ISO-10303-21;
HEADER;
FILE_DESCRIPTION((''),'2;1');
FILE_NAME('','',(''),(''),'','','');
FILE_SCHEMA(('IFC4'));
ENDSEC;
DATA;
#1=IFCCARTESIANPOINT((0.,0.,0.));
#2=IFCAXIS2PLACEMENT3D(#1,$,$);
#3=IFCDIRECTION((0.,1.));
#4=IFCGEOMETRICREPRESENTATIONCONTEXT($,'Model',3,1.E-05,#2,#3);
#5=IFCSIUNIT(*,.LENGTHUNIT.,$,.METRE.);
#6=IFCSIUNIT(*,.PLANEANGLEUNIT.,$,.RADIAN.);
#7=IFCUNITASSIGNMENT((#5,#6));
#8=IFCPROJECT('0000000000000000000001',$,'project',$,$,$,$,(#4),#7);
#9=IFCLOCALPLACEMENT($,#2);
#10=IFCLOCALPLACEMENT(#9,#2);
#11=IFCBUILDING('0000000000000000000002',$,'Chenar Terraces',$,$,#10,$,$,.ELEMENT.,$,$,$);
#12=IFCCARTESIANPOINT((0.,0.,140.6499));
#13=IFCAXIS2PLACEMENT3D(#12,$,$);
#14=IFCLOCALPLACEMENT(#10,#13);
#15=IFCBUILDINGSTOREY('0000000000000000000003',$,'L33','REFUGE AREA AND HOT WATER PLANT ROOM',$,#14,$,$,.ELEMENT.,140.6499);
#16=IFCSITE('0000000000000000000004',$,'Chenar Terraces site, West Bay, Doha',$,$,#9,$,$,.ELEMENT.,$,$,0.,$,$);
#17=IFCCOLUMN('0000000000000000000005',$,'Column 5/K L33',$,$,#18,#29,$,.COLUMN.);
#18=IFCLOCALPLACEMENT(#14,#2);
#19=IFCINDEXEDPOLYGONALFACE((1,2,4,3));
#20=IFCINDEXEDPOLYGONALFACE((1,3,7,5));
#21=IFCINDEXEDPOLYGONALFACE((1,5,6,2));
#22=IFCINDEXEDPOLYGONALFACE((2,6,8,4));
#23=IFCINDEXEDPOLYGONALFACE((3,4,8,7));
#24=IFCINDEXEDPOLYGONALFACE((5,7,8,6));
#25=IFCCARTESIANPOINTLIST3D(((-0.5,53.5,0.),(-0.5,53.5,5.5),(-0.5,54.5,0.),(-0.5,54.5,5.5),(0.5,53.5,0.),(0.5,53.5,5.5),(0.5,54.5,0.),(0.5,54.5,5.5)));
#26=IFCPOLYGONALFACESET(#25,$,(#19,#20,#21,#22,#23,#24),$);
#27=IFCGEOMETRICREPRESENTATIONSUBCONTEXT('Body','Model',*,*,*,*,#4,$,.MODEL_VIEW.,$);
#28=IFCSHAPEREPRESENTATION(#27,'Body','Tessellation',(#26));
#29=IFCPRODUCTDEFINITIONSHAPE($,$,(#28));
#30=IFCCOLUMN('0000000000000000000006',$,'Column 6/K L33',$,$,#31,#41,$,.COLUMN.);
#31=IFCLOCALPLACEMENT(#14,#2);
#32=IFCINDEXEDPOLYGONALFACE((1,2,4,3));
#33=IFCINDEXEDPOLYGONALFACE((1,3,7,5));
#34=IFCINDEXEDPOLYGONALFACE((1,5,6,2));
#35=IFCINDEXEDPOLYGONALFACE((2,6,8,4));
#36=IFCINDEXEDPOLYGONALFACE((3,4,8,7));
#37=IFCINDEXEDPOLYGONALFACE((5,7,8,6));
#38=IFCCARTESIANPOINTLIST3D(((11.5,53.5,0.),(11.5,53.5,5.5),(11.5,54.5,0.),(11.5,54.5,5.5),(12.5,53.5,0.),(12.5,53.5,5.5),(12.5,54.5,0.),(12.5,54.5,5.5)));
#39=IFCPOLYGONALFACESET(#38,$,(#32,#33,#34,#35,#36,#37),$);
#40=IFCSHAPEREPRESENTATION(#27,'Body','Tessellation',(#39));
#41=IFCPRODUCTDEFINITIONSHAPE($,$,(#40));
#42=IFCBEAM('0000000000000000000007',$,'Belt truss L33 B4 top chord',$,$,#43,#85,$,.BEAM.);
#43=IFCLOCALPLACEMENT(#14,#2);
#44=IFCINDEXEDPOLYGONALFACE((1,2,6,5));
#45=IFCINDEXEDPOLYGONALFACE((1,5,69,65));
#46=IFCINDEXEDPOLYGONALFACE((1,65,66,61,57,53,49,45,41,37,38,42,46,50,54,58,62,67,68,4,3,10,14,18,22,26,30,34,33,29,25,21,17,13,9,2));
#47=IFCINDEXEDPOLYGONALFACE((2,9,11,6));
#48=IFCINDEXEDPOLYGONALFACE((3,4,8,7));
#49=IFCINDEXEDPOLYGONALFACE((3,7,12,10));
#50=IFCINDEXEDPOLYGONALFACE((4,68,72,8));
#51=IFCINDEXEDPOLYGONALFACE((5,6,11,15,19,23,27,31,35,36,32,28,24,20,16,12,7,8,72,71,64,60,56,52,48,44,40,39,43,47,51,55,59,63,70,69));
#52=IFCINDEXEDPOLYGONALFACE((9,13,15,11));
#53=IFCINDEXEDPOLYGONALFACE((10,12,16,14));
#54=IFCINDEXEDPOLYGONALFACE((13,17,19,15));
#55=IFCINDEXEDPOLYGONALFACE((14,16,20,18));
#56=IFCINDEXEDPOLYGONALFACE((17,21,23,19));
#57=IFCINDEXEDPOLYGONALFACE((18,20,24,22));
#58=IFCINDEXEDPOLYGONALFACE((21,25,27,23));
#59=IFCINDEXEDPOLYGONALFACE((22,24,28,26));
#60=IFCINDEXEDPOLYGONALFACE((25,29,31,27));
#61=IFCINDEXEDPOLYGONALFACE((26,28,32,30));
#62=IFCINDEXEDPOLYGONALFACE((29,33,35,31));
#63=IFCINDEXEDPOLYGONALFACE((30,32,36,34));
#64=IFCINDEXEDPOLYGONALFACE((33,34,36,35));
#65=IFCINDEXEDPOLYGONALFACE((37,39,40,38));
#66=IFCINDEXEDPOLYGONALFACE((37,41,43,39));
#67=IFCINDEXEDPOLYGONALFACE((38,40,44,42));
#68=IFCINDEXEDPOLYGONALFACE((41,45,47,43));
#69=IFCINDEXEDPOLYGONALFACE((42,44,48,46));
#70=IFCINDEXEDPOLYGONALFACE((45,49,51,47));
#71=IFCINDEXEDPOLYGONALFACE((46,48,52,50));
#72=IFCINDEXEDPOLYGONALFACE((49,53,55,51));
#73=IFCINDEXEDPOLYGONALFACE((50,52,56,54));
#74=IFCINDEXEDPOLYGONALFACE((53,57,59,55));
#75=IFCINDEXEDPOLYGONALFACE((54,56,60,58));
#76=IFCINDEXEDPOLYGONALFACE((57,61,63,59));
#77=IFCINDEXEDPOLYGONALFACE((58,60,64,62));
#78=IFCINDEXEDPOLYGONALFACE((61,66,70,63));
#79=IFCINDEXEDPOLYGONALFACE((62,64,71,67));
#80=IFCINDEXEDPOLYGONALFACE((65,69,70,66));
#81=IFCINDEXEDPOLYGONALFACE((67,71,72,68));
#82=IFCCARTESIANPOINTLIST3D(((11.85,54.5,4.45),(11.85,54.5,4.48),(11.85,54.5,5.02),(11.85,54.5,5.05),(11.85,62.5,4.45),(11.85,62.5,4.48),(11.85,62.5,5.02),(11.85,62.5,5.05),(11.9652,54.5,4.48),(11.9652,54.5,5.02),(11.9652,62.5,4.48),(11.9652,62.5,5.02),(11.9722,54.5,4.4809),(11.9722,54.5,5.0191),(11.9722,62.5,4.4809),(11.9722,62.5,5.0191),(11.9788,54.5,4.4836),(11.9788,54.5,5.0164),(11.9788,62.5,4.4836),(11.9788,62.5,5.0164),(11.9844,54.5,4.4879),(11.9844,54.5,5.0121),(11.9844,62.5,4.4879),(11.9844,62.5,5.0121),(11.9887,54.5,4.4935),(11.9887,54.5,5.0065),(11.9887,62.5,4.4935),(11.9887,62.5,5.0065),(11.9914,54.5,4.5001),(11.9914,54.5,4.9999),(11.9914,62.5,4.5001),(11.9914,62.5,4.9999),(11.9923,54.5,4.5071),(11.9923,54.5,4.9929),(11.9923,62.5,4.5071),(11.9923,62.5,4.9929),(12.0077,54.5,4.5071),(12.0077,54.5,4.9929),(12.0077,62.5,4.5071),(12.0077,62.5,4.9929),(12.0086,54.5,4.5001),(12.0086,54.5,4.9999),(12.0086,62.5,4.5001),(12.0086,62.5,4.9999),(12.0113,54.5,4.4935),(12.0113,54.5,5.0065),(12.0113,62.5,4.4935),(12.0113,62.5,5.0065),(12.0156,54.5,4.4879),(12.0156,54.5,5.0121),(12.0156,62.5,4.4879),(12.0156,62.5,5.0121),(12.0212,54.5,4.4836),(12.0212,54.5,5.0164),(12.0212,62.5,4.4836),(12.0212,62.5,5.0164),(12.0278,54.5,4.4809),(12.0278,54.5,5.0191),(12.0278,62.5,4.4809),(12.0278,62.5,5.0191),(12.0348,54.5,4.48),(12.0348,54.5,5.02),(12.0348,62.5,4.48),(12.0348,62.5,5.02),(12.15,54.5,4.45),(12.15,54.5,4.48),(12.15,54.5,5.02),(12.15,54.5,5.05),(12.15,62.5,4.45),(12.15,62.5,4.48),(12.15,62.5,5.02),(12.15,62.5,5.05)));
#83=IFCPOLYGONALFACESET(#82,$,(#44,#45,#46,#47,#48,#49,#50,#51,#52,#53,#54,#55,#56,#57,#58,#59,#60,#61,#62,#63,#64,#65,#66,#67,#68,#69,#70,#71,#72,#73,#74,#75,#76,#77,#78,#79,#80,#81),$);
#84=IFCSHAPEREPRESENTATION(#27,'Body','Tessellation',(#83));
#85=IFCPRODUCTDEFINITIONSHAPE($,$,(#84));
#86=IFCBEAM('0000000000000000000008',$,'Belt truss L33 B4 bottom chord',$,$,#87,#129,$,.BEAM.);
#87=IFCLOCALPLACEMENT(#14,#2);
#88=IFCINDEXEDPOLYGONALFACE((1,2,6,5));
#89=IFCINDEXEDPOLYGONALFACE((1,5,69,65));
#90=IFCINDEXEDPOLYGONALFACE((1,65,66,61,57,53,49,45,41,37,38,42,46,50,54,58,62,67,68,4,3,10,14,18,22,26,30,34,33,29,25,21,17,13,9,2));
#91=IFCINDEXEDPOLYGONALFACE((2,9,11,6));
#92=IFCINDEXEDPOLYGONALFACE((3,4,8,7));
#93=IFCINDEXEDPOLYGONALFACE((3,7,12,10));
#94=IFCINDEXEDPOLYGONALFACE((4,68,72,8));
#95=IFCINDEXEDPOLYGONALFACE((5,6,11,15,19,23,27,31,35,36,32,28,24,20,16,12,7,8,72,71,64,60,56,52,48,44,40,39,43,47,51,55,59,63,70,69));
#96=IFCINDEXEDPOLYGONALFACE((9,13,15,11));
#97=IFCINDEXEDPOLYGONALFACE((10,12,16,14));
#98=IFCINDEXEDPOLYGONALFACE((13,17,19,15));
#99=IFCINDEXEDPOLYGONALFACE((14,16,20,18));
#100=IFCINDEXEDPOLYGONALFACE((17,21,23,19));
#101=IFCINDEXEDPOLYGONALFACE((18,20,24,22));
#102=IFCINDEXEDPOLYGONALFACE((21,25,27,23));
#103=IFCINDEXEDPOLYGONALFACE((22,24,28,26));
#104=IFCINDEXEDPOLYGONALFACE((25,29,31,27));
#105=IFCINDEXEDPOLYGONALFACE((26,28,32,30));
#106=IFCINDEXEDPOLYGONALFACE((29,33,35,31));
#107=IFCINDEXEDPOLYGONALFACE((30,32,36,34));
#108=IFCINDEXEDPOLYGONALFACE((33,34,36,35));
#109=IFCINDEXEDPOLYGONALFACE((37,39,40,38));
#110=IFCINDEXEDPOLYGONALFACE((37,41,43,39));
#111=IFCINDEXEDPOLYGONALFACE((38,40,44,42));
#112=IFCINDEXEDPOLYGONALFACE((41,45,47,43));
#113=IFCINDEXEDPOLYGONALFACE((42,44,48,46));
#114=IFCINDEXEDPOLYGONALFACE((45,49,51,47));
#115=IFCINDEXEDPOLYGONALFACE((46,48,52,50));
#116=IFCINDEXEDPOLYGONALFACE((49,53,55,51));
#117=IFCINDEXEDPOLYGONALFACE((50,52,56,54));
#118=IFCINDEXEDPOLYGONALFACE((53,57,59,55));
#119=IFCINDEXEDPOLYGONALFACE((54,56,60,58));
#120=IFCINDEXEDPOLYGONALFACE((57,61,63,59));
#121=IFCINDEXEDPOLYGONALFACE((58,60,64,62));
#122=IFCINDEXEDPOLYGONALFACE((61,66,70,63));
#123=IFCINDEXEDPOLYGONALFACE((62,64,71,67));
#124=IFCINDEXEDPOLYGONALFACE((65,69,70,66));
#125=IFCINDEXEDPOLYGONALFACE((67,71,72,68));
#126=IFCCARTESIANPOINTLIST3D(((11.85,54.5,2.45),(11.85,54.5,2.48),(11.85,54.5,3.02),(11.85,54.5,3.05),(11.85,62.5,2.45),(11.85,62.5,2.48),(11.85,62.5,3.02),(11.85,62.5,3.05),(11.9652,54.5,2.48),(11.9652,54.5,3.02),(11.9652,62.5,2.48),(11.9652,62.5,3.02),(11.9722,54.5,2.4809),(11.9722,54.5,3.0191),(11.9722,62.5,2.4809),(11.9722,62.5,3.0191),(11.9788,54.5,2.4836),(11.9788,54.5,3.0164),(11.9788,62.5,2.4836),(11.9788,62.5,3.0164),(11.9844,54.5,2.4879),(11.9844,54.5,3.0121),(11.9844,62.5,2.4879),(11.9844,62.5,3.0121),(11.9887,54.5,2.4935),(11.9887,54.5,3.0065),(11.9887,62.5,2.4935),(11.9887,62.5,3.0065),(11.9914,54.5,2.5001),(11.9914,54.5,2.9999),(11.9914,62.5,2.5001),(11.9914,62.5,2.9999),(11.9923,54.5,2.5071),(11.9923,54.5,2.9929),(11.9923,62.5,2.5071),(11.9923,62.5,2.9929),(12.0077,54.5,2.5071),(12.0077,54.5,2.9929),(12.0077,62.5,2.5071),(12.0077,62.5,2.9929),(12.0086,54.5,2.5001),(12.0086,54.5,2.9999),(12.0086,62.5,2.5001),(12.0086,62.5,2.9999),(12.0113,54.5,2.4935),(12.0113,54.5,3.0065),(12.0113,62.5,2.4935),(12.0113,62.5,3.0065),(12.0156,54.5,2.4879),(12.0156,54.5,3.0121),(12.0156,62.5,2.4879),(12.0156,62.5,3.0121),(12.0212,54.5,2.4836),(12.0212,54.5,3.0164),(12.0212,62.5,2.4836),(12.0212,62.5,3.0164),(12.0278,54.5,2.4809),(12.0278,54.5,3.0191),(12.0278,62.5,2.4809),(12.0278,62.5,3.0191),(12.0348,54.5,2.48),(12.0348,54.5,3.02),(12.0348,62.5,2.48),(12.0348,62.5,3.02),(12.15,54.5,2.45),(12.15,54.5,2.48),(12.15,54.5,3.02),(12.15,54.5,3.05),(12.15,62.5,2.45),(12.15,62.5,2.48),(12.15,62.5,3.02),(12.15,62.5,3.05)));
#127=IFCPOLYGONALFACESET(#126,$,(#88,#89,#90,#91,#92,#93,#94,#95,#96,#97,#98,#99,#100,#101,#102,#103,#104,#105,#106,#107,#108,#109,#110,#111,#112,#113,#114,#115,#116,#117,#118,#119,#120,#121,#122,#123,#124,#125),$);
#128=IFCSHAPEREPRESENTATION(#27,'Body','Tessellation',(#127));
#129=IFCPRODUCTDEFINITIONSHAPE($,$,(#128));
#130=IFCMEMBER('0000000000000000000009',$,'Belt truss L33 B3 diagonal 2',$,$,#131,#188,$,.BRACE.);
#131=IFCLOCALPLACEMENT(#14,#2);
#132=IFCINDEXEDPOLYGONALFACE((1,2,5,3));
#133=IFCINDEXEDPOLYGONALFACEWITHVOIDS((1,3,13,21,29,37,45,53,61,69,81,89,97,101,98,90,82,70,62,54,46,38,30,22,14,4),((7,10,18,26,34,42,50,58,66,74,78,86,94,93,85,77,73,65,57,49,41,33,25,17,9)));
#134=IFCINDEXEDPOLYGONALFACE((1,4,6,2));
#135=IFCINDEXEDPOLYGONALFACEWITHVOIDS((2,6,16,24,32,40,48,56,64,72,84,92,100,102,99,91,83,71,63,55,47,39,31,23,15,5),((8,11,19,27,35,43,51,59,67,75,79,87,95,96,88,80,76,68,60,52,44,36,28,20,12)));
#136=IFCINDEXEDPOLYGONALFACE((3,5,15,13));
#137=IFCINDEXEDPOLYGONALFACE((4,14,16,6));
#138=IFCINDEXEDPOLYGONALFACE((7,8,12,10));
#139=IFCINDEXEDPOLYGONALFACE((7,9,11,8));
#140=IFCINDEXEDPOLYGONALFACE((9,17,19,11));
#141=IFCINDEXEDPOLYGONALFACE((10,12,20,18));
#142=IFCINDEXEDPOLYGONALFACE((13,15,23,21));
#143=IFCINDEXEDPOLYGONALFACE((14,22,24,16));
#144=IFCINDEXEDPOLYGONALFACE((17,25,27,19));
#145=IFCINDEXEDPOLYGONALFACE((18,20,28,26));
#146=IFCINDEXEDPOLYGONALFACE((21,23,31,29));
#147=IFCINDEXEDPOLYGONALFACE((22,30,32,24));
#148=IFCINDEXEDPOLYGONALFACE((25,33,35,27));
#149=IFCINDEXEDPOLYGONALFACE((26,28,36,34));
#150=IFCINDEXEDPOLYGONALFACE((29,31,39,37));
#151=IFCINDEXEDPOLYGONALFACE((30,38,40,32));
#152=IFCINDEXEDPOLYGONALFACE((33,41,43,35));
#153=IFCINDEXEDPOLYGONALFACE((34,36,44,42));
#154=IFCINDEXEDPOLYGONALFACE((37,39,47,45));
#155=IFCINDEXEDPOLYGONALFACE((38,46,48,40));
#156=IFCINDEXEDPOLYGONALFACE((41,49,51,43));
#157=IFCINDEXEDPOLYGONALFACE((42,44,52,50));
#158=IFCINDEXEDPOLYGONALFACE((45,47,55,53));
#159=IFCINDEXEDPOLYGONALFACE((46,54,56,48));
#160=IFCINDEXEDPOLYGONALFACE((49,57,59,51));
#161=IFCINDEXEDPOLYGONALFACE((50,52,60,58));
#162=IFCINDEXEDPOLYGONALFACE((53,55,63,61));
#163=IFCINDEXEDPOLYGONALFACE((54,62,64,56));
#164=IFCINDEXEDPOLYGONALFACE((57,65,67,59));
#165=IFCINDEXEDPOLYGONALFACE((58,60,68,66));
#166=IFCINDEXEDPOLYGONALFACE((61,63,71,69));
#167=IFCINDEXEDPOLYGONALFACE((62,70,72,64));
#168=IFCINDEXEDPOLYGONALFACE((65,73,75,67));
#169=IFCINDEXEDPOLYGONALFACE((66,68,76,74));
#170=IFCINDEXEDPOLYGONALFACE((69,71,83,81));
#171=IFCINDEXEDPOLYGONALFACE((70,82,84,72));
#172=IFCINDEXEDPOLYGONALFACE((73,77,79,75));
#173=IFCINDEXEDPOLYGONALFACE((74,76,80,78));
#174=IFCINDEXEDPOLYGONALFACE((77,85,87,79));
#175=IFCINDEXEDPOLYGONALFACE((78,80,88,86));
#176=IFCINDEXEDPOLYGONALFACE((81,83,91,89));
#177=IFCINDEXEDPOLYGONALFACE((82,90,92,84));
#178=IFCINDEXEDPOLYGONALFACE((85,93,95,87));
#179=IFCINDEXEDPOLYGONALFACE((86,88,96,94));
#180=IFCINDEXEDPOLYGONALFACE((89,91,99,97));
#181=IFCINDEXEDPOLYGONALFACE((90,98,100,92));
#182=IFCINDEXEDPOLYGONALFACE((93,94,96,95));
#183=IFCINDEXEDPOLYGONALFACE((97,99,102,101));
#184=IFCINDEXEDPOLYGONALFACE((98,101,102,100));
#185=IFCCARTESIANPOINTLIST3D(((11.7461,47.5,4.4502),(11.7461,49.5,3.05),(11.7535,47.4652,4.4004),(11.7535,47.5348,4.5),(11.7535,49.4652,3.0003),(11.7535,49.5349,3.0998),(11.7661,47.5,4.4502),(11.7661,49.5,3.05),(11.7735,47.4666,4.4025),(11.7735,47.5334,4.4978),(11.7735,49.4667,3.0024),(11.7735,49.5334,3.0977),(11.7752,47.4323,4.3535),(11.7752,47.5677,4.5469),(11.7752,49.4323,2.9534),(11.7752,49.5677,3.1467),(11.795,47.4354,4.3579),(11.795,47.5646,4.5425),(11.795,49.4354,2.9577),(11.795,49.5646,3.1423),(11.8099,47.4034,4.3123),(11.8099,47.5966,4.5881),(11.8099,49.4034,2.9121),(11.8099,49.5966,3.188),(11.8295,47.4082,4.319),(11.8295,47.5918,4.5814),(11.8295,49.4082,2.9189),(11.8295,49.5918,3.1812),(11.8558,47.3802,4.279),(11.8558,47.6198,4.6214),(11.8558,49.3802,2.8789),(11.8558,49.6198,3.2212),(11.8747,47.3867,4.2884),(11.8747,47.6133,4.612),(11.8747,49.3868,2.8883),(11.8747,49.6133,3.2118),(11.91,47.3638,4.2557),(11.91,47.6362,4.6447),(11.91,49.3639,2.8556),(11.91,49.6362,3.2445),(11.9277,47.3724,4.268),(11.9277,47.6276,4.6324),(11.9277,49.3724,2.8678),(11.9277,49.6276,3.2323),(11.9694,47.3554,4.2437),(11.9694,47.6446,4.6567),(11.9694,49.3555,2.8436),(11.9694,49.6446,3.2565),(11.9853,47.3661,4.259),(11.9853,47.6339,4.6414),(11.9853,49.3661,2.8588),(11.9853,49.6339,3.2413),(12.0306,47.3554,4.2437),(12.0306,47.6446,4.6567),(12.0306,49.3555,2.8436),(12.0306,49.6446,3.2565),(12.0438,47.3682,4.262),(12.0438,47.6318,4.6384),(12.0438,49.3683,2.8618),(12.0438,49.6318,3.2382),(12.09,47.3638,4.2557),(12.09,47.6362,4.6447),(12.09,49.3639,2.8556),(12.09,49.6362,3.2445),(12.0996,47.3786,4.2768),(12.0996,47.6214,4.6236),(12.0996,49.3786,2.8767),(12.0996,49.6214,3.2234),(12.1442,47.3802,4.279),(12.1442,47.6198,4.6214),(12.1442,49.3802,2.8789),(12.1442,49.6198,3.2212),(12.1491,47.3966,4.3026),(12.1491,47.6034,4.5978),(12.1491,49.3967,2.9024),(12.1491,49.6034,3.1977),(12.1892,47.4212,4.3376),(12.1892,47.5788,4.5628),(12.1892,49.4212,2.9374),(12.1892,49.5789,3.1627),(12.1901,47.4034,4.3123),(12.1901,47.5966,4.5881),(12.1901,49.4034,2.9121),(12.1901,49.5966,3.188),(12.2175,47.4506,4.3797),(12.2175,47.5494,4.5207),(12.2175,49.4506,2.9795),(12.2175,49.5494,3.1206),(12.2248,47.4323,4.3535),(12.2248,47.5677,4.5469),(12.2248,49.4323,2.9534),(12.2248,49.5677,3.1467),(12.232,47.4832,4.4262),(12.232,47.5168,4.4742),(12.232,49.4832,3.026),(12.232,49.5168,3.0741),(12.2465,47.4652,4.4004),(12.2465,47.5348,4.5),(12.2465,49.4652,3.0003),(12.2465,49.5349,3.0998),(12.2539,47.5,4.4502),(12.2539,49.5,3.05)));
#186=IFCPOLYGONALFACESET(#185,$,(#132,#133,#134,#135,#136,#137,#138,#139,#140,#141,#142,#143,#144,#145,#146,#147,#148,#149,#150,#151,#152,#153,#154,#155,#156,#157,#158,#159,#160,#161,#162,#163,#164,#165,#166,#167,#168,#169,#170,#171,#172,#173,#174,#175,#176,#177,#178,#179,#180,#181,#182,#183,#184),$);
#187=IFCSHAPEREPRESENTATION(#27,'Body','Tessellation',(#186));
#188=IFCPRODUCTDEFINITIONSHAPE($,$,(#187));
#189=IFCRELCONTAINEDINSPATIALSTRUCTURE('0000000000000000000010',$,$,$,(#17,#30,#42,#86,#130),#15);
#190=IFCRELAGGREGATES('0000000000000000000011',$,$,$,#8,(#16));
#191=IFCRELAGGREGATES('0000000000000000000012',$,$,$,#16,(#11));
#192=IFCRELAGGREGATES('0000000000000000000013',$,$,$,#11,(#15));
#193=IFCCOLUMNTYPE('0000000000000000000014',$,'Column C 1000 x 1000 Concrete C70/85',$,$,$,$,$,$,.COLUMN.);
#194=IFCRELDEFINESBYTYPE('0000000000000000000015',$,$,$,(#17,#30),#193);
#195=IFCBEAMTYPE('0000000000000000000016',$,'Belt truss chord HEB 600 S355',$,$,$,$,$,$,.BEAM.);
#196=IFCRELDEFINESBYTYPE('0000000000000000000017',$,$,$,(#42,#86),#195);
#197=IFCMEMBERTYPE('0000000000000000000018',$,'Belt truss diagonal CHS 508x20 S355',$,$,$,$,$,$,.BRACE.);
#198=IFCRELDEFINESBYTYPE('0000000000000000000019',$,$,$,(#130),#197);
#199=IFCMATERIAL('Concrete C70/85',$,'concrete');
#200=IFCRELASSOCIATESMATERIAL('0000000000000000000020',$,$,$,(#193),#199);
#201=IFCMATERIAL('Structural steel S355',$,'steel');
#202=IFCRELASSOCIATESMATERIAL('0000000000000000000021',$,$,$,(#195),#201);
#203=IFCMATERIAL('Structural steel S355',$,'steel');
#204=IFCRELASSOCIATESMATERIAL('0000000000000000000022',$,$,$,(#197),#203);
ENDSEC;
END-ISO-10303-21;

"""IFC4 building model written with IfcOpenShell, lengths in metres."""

from ifc_helpers import new_model, si_unit, direction, frame, origin, origin_2d, place, context, subcontext, project, spatial, rectangle, hollow_circle, i_section, extrude, material, material_profile, profile_set, type_object, element, save


model = new_model("IFC4")

# Units and contexts
model_context = context("Model", 3, precision=1e-05, world=origin(), true_north=direction((0.0, 1.0)))
body_context = subcontext(model_context, "Body", "Model", "MODEL_VIEW")
ifc_project = project(units=[si_unit("LENGTHUNIT", "METRE"), si_unit("PLANEANGLEUNIT", "RADIAN")], contexts=[model_context])

# Site, building, storey
site_placement = place(None, origin())
site = spatial("IfcSite", under=ifc_project, at=site_placement, Name="Chenar Terraces site, West Bay, Doha", CompositionType="ELEMENT", RefElevation=0.0)
building_placement = place(site_placement, origin())
building = spatial("IfcBuilding", under=site, at=building_placement, Name="Chenar Terraces", CompositionType="ELEMENT")
storey_placement = place(building_placement, frame((0.0, 0.0, 140.6499)))
storey = spatial("IfcBuildingStorey", under=building, at=storey_placement, Name="L33", Description="REFUGE AREA AND HOT WATER PLANT ROOM", CompositionType="ELEMENT", Elevation=140.6499)

# Columns
ifc_material_1 = material(Name="Concrete C70/85", Category="concrete")
ifc_material_profile_1 = material_profile(ifc_material_1, rectangle(XDim=1.0, YDim=1.0, at=origin_2d()), Name="C 1000 x 1000")
ifc_profile_set_1 = profile_set([ifc_material_profile_1], Name="Concrete C70/85")
column_type = type_object("IfcColumnType", Name="Column C 1000 x 1000 Concrete C70/85", PredefinedType="COLUMN", material=ifc_profile_set_1)
for number, where, z_axis, x_axis, name in (
    (1, (0.0, 54.0, 0.0), (0.0, 0.0, 1.0), (1.0, 0.0, 0.0), "Column 5/K L33"),
    (2, (12.0, 54.0, 0.0), (0.0, 0.0, 1.0), (1.0, 0.0, 0.0), "Column 6/K L33"),
):
    element("IfcColumn", number, at=place(storey_placement, frame(where, z_axis=z_axis, x_axis=x_axis)), inside=storey, type_object=column_type, Name=name, PredefinedType="COLUMN", context=body_context, shape_type="SweptSolid", body=[
        extrude(rectangle(XDim=1.0, YDim=1.0, at=origin_2d()), origin(), (0.0, 0.0, 1.0), 5.5),
    ])

# Beams
ifc_material_2 = material(Name="Structural steel S355", Category="steel")
ifc_material_profile_2 = material_profile(ifc_material_2, i_section(OverallWidth=0.3, OverallDepth=0.6001, WebThickness=0.0154, FlangeThickness=0.03, FilletRadius=0.0271, at=origin_2d()), Name="HEB 600")
ifc_profile_set_2 = profile_set([ifc_material_profile_2], Name="Structural steel S355")
beam_type = type_object("IfcBeamType", Name="Belt truss chord HEB 600 S355", PredefinedType="BEAM", material=ifc_profile_set_2)
for number, where, z_axis, x_axis, name in (
    (3, (12.0, 54.5, 4.75), (0.0, 1.0, 0.0), (-1.0, 0.0, 0.0), "Belt truss L33 B4 top chord"),
    (4, (12.0, 54.5, 2.75), (0.0, 1.0, 0.0), (-1.0, 0.0, 0.0), "Belt truss L33 B4 bottom chord"),
):
    element("IfcBeam", number, at=place(storey_placement, frame(where, z_axis=z_axis, x_axis=x_axis)), inside=storey, type_object=beam_type, Name=name, PredefinedType="BEAM", context=body_context, shape_type="SweptSolid", body=[
        extrude(i_section(OverallWidth=0.3, OverallDepth=0.6001, WebThickness=0.0154, FlangeThickness=0.03, FilletRadius=0.0271, at=origin_2d()), origin(), (0.0, 0.0, 1.0), 8.0),
    ])

# Member
ifc_material_3 = material(Name="Structural steel S355", Category="steel")
ifc_material_profile_3 = material_profile(ifc_material_3, hollow_circle(Radius=0.2539, WallThickness=0.02, at=origin_2d()), Name="CHS 508x20")
ifc_profile_set_3 = profile_set([ifc_material_profile_3], Name="Structural steel S355")
member_type = type_object("IfcMemberType", Name="Belt truss diagonal CHS 508x20 S355", PredefinedType="BRACE", material=ifc_profile_set_3)
for number, where, z_axis, x_axis, name in (
    (5, (12.0, 47.5, 4.4502), (0.0, 0.819204, -0.573503), (-1.0, 0.0, 0.0), "Belt truss L33 B3 diagonal 2"),
):
    element("IfcMember", number, at=place(storey_placement, frame(where, z_axis=z_axis, x_axis=x_axis)), inside=storey, type_object=member_type, Name=name, PredefinedType="BRACE", context=body_context, shape_type="SweptSolid", body=[
        extrude(hollow_circle(Radius=0.2539, WallThickness=0.02, at=origin_2d()), origin(), (0.0, 0.0, 1.0), 2.4414),
    ])

save(model, "model.ifc")
